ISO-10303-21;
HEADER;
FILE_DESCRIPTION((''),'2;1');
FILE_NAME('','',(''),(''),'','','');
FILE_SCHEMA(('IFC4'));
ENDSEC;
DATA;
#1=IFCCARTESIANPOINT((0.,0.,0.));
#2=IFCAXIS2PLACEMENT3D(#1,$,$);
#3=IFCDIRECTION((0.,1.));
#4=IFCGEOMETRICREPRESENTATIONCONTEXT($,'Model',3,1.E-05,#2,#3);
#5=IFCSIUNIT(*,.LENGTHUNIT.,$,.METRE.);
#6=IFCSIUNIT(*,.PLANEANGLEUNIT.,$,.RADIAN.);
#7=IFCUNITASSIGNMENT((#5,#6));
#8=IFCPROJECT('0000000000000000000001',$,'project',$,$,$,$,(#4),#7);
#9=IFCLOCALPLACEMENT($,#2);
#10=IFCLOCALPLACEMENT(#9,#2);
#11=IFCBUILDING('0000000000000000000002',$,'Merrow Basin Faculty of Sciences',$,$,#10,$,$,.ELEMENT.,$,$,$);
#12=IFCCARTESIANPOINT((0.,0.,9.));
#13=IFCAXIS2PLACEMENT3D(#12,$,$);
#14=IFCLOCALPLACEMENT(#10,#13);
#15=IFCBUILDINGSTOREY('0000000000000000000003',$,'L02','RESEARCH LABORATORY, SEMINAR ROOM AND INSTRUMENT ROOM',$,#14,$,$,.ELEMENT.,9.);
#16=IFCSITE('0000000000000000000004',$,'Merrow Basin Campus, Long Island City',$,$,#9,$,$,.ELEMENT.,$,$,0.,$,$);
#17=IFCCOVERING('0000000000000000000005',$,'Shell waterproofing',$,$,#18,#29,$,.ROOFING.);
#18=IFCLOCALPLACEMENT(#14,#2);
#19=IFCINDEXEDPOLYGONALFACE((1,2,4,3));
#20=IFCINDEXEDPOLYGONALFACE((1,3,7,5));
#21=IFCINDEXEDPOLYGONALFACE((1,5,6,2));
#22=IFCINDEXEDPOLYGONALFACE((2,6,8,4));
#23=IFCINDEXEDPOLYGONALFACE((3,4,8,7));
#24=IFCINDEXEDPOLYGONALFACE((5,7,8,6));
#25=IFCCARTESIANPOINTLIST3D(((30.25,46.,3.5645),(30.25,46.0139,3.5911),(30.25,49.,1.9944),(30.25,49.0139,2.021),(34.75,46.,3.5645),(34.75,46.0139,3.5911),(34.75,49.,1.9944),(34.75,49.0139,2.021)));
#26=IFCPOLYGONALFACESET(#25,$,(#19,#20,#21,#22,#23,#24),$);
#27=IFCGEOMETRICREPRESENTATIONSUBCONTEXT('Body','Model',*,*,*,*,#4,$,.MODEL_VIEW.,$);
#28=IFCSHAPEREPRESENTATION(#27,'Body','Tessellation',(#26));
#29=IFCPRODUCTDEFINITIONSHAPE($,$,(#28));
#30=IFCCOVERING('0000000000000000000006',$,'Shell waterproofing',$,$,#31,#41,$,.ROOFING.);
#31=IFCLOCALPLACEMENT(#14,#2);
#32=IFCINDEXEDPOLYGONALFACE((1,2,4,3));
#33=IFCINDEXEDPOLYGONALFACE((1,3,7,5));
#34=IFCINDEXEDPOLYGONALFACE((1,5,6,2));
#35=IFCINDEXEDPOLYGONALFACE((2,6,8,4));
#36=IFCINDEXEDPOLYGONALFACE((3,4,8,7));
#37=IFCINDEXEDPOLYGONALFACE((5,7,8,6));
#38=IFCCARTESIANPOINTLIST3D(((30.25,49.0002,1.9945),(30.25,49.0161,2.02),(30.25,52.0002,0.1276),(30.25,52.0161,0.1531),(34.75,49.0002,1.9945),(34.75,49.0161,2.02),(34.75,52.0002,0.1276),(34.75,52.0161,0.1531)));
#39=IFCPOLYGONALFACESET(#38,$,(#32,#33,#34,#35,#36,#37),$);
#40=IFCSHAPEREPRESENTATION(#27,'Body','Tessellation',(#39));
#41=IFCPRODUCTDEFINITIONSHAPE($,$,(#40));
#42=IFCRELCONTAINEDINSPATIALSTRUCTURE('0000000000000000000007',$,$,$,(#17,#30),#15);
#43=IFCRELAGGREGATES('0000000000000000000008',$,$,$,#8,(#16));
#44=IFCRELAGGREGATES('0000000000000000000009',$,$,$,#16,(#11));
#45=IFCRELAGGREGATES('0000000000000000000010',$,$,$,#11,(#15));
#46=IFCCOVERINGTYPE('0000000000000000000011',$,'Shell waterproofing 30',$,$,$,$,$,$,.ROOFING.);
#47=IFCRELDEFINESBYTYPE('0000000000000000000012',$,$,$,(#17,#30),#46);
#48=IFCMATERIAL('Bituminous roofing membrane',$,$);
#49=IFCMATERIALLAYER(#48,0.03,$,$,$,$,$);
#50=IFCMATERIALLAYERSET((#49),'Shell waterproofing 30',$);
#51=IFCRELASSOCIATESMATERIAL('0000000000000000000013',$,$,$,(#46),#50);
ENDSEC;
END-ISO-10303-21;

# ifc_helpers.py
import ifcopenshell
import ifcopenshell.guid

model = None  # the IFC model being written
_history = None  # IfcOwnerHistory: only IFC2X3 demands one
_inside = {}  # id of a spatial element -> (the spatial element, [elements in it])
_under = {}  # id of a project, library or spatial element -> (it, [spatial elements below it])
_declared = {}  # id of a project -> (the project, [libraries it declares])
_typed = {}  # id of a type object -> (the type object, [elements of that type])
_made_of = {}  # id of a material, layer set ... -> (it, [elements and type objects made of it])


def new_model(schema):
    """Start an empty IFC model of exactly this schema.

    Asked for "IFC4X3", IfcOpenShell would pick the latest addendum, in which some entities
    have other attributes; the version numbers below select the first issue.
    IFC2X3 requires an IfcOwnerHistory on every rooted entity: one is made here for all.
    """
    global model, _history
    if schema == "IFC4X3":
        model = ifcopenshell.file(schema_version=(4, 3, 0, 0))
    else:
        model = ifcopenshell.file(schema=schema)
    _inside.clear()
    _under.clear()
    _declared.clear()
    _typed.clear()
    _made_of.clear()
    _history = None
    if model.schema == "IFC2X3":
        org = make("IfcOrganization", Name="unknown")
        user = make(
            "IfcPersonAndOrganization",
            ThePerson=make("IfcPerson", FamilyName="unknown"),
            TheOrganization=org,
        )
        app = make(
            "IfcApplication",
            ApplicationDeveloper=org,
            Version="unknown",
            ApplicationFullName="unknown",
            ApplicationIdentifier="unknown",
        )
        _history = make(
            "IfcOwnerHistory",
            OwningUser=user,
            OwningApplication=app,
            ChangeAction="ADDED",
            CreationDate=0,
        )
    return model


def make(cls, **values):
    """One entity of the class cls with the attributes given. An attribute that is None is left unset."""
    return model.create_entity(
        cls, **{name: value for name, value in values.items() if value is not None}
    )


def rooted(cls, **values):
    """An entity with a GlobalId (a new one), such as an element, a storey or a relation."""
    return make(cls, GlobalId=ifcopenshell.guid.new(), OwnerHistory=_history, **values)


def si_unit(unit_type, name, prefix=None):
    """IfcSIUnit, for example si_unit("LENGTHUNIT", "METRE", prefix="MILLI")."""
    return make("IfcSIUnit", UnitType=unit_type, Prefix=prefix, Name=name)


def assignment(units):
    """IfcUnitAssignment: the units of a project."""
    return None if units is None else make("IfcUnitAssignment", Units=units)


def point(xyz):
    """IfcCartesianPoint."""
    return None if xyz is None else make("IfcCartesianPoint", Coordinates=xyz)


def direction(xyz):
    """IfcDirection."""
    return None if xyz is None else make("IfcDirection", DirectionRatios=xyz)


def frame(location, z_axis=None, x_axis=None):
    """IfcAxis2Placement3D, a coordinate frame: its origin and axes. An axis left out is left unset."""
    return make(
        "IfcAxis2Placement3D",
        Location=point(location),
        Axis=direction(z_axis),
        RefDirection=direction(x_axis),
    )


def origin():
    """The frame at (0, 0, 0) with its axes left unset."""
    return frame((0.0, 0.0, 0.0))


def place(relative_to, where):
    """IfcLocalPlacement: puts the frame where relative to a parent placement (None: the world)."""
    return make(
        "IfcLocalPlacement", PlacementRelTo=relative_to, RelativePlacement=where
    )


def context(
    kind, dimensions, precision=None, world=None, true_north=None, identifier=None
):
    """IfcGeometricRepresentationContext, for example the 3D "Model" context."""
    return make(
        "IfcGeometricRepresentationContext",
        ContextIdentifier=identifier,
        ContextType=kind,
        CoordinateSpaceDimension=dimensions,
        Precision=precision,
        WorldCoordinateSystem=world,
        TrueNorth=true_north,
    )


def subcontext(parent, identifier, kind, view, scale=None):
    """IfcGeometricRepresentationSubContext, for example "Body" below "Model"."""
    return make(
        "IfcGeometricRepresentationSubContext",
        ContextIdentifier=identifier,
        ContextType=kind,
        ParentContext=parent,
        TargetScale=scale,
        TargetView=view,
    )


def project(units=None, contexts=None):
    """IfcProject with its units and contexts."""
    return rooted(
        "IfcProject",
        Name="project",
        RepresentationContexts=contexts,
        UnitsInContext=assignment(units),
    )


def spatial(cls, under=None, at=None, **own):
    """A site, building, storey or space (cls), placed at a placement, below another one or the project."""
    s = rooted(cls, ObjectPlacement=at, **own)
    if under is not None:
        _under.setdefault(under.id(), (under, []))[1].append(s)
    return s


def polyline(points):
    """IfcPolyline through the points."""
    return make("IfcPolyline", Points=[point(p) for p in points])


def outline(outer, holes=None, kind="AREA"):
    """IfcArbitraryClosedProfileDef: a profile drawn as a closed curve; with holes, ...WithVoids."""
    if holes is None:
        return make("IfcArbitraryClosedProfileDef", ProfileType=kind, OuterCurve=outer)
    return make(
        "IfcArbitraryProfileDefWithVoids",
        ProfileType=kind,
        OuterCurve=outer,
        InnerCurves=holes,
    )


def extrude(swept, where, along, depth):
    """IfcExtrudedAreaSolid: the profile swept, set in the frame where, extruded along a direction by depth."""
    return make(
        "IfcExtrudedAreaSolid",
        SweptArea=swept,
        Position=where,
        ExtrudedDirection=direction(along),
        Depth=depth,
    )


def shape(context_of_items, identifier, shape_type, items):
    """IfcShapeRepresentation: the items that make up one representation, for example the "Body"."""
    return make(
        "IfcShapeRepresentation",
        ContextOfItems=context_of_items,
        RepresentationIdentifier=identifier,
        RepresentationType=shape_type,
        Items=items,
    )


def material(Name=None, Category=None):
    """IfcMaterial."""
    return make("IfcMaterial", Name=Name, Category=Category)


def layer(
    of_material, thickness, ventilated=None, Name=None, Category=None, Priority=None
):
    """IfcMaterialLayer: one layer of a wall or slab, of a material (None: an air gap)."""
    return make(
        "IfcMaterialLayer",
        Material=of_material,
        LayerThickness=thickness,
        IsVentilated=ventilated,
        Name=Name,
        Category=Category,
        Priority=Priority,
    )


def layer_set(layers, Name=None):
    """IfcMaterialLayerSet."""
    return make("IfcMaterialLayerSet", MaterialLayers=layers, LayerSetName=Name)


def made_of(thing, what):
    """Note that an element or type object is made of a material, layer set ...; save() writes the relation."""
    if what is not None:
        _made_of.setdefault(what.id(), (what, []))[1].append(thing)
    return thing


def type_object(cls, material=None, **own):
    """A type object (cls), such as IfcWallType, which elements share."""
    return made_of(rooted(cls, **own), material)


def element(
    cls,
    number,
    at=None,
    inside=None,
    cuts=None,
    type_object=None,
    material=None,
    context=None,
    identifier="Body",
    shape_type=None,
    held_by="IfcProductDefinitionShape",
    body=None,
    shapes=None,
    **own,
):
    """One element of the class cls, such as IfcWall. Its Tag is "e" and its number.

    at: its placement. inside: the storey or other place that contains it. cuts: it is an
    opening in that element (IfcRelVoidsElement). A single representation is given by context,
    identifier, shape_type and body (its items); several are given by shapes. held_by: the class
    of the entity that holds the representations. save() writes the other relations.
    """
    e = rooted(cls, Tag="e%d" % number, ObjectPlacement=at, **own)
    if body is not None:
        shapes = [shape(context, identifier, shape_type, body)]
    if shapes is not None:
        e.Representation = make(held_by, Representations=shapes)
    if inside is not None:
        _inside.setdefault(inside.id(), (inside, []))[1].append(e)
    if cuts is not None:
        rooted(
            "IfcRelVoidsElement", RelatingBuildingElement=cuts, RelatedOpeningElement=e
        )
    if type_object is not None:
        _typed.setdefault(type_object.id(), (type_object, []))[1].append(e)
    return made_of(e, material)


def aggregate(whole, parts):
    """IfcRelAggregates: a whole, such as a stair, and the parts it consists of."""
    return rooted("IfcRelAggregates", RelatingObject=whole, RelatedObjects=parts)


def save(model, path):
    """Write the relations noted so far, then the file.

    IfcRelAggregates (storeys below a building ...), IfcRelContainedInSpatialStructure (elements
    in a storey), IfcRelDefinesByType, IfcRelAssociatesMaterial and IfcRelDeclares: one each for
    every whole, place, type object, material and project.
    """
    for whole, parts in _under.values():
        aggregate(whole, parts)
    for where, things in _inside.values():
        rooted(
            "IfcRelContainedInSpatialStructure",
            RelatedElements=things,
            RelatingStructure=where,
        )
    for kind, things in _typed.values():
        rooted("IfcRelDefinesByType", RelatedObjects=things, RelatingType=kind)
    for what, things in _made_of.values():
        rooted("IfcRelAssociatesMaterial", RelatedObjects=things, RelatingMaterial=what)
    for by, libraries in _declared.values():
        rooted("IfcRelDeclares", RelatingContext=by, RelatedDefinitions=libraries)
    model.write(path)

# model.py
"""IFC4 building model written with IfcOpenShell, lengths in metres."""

from ifc_helpers import new_model, si_unit, direction, frame, origin, place, context, subcontext, project, spatial, polyline, outline, extrude, material, layer, layer_set, type_object, element, save


model = new_model("IFC4")

# Units and contexts
model_context = context("Model", 3, precision=1e-05, world=origin(), true_north=direction((0.0, 1.0)))
body_context = subcontext(model_context, "Body", "Model", "MODEL_VIEW")
ifc_project = project(units=[si_unit("LENGTHUNIT", "METRE"), si_unit("PLANEANGLEUNIT", "RADIAN")], contexts=[model_context])

# Site, building, storey
site_placement = place(None, origin())
site = spatial("IfcSite", under=ifc_project, at=site_placement, Name="Merrow Basin Campus, Long Island City", CompositionType="ELEMENT", RefElevation=0.0)
building_placement = place(site_placement, origin())
building = spatial("IfcBuilding", under=site, at=building_placement, Name="Merrow Basin Faculty of Sciences", CompositionType="ELEMENT")
storey_placement = place(building_placement, frame((0.0, 0.0, 9.0)))
storey = spatial("IfcBuildingStorey", under=building, at=storey_placement, Name="L02", Description="RESEARCH LABORATORY, SEMINAR ROOM AND INSTRUMENT ROOM", CompositionType="ELEMENT", Elevation=9.0)

# Coverings
ifc_material_1 = material(Name="Bituminous roofing membrane")
ifc_layer_1 = layer(ifc_material_1, 0.03)
ifc_layer_set_1 = layer_set([ifc_layer_1], Name="Shell waterproofing 30")
covering_type = type_object("IfcCoveringType", Name="Shell waterproofing 30", PredefinedType="ROOFING", material=ifc_layer_set_1)
covering_1_placement = place(storey_placement, frame((30.25, 46.0139, 3.5911), z_axis=(0.0, 0.463692, 0.885997), x_axis=(1.0, 0.0, 0.0)))
element("IfcCovering", 1, at=covering_1_placement, inside=storey, type_object=covering_type, Name="Shell waterproofing", PredefinedType="ROOFING", context=body_context, shape_type="SweptSolid", body=[
    extrude(outline(polyline([(0.0, 0.0), (4.5, 0.0), (4.5, 3.386), (0.0, 3.386), (0.0, 0.0)])), origin(), (0.0, 0.0, -1.0), 0.03),
])
covering_2_placement = place(storey_placement, frame((30.25, 49.0161, 2.02), z_axis=(0.0, 0.528358, 0.849021), x_axis=(1.0, 0.0, 0.0)))
element("IfcCovering", 2, at=covering_2_placement, inside=storey, type_object=covering_type, Name="Shell waterproofing", PredefinedType="ROOFING", context=body_context, shape_type="SweptSolid", body=[
    extrude(outline(polyline([(0.0, 0.0), (4.5, 0.0), (4.5, 3.5335), (0.0, 3.5335), (0.0, 0.0)])), origin(), (0.0, 0.0, -1.0), 0.03),
])

save(model, "model.ifc")
